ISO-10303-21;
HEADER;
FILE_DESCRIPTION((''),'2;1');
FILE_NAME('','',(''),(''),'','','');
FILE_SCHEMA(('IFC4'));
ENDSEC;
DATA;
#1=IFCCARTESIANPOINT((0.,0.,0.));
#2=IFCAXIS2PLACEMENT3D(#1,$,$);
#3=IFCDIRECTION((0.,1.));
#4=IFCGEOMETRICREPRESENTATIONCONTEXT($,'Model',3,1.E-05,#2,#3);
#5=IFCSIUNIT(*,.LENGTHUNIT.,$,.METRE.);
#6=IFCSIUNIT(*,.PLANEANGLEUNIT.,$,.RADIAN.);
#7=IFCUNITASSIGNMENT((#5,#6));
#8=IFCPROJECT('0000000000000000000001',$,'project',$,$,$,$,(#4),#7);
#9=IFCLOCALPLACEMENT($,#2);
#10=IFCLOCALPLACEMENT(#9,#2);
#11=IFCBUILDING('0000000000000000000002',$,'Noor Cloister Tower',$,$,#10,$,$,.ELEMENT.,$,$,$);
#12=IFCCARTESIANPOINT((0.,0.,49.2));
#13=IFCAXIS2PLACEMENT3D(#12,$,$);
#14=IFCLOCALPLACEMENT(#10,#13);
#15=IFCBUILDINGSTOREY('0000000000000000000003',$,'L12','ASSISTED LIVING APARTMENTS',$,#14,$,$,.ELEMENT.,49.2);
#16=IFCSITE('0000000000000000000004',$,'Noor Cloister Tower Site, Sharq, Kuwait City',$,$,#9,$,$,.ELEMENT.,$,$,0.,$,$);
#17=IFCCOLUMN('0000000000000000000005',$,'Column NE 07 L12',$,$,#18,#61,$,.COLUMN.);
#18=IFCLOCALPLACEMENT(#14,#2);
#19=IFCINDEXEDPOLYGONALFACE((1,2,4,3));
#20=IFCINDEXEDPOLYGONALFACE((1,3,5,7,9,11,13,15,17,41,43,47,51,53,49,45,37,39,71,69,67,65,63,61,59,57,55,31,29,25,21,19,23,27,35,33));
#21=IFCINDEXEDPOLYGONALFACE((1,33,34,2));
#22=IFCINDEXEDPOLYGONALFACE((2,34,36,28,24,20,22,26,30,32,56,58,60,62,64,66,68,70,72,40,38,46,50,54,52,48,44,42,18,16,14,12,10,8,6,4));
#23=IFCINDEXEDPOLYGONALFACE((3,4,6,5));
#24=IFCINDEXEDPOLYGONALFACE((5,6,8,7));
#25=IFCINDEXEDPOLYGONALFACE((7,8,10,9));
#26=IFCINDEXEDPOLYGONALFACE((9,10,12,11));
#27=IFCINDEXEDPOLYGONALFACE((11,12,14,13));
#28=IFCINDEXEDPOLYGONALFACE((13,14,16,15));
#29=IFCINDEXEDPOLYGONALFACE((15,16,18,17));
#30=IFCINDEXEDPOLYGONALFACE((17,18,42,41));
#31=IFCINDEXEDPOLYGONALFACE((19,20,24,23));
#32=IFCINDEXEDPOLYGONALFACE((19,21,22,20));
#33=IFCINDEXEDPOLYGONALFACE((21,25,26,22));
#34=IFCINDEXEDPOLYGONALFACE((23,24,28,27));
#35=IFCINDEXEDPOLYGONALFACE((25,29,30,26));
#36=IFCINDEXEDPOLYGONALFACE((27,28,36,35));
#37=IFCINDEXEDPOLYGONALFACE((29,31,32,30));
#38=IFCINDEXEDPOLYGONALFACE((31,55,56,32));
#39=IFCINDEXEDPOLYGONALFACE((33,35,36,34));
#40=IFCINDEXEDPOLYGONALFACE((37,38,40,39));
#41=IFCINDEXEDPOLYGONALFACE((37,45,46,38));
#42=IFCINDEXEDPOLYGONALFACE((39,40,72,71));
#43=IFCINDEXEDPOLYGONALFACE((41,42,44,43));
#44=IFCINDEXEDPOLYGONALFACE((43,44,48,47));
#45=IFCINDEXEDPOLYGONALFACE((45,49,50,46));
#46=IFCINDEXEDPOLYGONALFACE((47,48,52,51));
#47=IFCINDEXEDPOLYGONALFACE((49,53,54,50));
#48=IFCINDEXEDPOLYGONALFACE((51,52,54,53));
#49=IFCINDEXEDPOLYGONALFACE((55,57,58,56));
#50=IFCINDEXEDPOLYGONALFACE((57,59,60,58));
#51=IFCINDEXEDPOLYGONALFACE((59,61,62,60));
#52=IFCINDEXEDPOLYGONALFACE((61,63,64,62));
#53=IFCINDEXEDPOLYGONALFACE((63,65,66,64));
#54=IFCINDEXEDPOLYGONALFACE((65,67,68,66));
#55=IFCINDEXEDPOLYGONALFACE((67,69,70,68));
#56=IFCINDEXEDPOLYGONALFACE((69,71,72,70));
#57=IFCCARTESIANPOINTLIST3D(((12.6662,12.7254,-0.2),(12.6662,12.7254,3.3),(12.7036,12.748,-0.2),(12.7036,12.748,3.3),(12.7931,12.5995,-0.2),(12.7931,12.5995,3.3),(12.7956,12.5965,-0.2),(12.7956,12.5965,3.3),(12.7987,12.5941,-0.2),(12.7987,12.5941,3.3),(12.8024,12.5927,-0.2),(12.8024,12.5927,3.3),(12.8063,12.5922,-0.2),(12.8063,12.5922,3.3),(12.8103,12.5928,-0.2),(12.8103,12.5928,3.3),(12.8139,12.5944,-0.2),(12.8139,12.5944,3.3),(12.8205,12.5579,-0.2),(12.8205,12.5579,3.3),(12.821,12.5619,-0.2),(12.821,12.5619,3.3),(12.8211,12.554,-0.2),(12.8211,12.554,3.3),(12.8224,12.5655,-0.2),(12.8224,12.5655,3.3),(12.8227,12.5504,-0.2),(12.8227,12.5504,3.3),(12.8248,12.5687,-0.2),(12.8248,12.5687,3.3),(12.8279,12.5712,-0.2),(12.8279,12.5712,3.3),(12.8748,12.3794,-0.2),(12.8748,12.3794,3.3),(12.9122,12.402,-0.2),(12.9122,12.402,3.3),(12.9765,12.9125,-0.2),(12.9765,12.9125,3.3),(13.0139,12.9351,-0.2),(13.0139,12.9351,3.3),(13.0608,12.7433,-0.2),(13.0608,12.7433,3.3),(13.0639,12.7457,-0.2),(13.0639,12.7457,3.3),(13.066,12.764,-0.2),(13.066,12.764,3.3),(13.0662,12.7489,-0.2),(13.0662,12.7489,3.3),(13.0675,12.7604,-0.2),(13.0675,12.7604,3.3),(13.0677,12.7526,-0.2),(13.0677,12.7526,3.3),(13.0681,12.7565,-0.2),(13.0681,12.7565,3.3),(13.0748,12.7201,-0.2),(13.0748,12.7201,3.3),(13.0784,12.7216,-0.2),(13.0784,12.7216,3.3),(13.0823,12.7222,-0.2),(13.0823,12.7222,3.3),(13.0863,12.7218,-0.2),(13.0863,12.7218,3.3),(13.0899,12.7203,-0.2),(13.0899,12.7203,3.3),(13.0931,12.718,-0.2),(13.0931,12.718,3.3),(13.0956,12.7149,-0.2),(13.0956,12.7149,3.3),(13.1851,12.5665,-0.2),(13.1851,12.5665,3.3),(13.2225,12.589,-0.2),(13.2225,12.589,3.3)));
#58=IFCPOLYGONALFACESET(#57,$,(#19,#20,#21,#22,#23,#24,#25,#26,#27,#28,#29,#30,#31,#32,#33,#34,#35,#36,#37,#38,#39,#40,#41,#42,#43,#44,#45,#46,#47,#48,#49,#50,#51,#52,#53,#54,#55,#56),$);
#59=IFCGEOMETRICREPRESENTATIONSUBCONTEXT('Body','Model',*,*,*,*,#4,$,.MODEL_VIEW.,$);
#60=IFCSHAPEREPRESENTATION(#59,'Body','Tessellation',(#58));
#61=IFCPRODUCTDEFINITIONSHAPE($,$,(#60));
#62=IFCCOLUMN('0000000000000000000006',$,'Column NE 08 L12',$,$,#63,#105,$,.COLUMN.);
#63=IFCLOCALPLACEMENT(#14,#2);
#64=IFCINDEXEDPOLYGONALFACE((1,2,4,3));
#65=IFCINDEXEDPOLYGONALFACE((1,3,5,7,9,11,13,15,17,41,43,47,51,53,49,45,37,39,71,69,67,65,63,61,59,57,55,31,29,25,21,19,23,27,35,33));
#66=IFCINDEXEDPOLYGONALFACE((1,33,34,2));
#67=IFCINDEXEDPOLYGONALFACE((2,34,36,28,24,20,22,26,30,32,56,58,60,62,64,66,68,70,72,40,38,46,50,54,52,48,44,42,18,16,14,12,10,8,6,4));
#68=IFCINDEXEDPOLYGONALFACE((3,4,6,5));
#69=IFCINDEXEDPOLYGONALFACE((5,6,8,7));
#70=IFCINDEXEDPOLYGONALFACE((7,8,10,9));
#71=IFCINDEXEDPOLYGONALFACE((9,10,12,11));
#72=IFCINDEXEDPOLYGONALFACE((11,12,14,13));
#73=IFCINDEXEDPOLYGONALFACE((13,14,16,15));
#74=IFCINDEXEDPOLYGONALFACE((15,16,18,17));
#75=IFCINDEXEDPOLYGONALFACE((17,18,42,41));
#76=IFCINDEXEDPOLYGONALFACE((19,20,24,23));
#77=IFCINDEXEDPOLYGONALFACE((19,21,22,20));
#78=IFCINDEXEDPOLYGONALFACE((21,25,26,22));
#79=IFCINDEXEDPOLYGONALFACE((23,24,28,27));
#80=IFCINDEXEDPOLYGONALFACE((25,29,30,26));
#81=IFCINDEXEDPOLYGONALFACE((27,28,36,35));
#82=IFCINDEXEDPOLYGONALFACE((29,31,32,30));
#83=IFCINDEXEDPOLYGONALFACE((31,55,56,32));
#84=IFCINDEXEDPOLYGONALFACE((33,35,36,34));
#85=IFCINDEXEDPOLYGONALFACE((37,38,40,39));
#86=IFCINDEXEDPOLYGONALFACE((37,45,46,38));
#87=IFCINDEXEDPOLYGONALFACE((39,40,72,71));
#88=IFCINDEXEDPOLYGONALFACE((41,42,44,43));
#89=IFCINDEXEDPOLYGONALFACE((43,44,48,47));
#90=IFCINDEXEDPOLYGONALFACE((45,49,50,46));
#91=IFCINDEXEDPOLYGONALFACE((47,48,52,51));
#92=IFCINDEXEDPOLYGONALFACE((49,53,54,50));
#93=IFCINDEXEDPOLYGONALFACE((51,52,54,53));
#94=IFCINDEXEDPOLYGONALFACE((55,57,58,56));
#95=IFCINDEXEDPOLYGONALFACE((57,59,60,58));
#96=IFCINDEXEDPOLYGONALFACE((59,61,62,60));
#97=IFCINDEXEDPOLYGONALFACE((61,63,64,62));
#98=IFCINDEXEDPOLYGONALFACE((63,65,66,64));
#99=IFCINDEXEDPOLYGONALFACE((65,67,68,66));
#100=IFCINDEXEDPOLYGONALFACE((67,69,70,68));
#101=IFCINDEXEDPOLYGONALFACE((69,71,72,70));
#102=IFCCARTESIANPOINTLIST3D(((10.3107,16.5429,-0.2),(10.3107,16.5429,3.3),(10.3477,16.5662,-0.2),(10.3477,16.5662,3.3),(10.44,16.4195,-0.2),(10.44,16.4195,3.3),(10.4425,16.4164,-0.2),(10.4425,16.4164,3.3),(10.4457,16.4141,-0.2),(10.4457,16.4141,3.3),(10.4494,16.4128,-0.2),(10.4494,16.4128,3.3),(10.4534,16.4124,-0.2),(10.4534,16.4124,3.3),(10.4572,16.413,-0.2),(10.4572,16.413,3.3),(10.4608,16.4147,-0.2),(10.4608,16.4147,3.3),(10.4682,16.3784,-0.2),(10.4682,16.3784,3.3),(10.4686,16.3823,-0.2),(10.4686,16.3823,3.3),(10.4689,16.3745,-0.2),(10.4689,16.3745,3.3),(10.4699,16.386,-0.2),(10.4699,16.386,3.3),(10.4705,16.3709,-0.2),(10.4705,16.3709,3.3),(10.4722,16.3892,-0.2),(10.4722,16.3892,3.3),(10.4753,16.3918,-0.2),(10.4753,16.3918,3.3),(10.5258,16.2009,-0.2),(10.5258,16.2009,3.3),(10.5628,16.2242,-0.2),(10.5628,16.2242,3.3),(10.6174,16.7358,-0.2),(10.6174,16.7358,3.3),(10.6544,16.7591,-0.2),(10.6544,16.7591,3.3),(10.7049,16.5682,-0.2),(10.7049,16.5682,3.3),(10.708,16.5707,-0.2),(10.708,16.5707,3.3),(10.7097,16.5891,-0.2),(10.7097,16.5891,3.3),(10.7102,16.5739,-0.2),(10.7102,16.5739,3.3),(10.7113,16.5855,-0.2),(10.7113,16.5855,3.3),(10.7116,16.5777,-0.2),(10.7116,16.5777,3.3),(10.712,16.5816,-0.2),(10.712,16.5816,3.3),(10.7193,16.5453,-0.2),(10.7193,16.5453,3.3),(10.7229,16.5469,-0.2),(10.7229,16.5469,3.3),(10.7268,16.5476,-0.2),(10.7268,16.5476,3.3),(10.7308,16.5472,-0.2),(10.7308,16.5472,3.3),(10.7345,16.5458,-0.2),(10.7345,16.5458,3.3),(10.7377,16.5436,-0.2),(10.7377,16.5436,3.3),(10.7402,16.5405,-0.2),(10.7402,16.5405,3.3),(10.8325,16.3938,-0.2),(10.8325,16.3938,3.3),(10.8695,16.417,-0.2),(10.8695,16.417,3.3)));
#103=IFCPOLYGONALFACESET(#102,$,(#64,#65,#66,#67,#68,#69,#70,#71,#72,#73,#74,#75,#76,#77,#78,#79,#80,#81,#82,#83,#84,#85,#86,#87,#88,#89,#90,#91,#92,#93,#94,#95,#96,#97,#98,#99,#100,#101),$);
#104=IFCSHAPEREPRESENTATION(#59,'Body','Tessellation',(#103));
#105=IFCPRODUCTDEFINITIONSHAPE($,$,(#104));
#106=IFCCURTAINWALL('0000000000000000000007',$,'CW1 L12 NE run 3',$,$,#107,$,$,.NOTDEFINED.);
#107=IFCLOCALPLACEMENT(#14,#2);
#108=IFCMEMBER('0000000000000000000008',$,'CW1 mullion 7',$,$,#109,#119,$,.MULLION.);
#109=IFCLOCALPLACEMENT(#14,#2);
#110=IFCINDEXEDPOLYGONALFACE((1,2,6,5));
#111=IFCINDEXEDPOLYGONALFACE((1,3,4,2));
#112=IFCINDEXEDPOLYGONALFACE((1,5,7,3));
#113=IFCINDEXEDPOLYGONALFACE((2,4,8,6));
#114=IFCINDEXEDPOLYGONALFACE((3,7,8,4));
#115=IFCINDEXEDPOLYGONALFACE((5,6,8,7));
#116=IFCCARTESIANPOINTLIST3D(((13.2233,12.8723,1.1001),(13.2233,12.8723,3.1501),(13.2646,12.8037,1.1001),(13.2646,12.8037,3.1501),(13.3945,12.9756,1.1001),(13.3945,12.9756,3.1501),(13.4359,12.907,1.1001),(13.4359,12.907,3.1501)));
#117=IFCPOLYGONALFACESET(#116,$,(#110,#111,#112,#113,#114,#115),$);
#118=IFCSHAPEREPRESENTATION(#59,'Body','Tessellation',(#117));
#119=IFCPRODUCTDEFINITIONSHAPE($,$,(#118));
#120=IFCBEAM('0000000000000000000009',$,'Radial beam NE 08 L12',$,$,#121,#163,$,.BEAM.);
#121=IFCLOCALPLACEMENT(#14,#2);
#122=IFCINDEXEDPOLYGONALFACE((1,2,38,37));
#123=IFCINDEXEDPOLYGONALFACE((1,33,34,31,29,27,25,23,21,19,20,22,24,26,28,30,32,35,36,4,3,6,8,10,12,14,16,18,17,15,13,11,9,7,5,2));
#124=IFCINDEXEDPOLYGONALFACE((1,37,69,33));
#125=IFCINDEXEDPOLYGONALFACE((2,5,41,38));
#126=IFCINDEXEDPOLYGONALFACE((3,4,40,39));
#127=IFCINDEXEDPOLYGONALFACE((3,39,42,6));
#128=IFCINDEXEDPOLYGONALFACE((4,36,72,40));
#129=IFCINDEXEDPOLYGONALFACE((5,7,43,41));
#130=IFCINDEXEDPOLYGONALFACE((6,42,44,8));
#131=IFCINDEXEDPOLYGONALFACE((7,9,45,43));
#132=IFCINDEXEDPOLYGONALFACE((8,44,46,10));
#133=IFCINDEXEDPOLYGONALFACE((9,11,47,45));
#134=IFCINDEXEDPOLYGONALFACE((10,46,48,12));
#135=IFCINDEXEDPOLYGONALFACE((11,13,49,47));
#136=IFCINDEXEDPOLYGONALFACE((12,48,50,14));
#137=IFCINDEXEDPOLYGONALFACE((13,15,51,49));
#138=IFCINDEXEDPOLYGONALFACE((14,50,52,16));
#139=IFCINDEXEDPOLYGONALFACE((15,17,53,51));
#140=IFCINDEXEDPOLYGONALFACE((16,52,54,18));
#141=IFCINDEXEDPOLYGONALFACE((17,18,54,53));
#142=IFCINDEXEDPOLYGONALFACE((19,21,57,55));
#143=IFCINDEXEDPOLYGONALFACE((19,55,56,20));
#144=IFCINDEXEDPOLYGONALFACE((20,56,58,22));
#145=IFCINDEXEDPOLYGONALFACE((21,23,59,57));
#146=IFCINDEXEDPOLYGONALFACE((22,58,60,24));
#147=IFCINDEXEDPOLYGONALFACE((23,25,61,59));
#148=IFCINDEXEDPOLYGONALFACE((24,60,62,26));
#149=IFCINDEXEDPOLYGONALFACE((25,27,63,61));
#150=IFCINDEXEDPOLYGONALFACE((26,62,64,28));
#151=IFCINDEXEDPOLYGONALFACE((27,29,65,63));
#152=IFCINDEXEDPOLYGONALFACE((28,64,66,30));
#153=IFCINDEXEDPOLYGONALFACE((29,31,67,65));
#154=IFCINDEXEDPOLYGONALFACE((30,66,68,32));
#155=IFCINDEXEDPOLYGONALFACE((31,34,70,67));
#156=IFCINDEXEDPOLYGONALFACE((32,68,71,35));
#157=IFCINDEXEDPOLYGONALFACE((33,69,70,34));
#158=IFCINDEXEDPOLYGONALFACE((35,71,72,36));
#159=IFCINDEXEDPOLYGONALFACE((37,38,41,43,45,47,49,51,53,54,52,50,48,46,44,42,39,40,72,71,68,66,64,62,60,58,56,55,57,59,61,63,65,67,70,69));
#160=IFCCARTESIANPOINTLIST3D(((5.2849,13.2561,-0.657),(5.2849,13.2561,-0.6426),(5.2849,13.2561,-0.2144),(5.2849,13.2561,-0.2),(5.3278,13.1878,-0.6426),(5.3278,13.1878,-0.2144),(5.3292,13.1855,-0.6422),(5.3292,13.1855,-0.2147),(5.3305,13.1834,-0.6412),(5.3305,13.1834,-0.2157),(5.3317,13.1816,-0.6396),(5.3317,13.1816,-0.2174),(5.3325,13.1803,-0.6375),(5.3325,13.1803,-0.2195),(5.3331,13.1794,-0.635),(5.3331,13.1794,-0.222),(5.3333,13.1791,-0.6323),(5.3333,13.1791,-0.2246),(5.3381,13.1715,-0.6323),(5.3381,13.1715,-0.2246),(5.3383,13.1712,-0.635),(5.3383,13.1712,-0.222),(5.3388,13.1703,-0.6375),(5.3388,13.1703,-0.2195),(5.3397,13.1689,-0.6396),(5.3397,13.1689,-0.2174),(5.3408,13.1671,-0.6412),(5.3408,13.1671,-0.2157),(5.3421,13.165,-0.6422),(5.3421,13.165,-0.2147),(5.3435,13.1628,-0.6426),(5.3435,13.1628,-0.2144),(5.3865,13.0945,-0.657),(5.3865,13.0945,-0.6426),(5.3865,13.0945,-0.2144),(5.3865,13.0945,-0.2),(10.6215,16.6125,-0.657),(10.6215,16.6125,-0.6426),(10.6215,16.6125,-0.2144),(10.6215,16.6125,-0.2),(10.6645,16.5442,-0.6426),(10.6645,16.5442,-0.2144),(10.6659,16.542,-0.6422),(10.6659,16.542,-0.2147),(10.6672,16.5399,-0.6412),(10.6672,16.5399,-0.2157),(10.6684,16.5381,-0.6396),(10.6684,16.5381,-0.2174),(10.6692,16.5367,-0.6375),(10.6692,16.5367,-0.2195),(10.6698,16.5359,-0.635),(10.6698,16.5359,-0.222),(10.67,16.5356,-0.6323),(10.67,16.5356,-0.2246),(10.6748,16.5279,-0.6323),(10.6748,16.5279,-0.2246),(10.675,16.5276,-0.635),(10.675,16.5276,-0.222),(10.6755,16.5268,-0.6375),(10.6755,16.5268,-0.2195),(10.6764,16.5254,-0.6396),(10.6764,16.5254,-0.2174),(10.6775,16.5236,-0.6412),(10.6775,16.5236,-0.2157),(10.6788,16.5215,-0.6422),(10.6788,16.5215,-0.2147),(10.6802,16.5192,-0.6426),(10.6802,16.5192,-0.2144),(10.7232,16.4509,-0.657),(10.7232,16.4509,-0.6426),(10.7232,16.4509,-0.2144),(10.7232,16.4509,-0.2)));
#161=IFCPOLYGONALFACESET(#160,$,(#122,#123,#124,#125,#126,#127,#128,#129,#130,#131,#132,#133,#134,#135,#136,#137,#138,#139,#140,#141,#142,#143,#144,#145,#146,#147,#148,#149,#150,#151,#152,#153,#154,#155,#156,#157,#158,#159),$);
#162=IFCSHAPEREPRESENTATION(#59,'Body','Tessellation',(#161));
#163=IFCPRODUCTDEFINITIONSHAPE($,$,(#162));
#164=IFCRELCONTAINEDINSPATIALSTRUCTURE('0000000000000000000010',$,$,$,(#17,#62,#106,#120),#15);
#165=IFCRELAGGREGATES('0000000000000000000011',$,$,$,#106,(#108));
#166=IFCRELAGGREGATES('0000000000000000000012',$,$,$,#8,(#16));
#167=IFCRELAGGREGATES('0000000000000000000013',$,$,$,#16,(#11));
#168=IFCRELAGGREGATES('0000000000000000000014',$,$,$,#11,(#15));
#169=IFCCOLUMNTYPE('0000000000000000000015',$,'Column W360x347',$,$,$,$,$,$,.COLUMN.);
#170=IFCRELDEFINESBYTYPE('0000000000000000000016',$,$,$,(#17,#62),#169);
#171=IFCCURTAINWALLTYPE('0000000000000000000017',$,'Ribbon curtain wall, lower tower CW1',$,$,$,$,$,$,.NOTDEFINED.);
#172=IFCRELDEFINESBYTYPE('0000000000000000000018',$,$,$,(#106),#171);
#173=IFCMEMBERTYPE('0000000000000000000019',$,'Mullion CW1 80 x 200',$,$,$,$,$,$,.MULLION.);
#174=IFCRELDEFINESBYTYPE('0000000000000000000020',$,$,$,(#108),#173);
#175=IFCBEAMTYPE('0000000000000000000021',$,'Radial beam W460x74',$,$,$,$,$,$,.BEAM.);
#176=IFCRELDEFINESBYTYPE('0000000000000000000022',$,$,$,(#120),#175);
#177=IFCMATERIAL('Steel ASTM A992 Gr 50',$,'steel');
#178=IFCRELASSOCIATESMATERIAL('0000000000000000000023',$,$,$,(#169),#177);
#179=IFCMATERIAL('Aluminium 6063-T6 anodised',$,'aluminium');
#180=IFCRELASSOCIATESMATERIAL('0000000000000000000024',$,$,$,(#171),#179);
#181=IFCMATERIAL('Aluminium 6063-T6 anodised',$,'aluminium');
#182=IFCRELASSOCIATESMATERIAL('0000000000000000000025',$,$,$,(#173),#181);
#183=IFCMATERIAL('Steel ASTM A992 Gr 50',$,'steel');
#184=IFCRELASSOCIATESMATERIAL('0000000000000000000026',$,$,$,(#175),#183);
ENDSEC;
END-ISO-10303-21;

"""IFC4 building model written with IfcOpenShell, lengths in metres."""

from ifc_helpers import new_model, si_unit, direction, frame, origin, origin_2d, place, context, subcontext, project, spatial, rectangle, i_section, extrude, material, material_profile, profile_set, type_object, element, aggregate, save


model = new_model("IFC4")

# Units and contexts
model_context = context("Model", 3, precision=1e-05, world=origin(), true_north=direction((0.0, 1.0)))
body_context = subcontext(model_context, "Body", "Model", "MODEL_VIEW")
ifc_project = project(units=[si_unit("LENGTHUNIT", "METRE"), si_unit("PLANEANGLEUNIT", "RADIAN")], contexts=[model_context])

# Site, building, storey
site_placement = place(None, origin())
site = spatial("IfcSite", under=ifc_project, at=site_placement, Name="Noor Cloister Tower Site, Sharq, Kuwait City", CompositionType="ELEMENT", RefElevation=0.0)
building_placement = place(site_placement, origin())
building = spatial("IfcBuilding", under=site, at=building_placement, Name="Noor Cloister Tower", CompositionType="ELEMENT")
storey_placement = place(building_placement, frame((0.0, 0.0, 49.2)))
storey = spatial("IfcBuildingStorey", under=building, at=storey_placement, Name="L12", Description="ASSISTED LIVING APARTMENTS", CompositionType="ELEMENT", Elevation=49.2)

# Columns
ifc_material_1 = material(Name="Steel ASTM A992 Gr 50", Category="steel")
ifc_material_profile_1 = material_profile(ifc_material_1, i_section(OverallWidth=0.4041, OverallDepth=0.406, WebThickness=0.0271, FlangeThickness=0.0437, FilletRadius=0.0151, at=origin_2d()), Name="W360x347")
ifc_profile_set_1 = profile_set([ifc_material_profile_1], Name="Steel ASTM A992 Gr 50")
column_type = type_object("IfcColumnType", Name="Column W360x347", PredefinedType="COLUMN", material=ifc_profile_set_1)
for number, where, z_axis, x_axis, name in (
    (1, (12.9443, 12.6572, -0.2), (0.0, 0.0, 1.0), (-0.516291, 0.856413, 0.0), "Column NE 07 L12"),
    (2, (10.5901, 16.48, -0.2), (0.0, 0.0, 1.0), (-0.532398, 0.846494, 0.0), "Column NE 08 L12"),
):
    element("IfcColumn", number, at=place(storey_placement, frame(where, z_axis=z_axis, x_axis=x_axis)), inside=storey, type_object=column_type, Name=name, PredefinedType="COLUMN", context=body_context, shape_type="SweptSolid", body=[
        extrude(i_section(OverallWidth=0.4041, OverallDepth=0.406, WebThickness=0.0271, FlangeThickness=0.0437, FilletRadius=0.0151, at=origin_2d()), origin(), (0.0, 0.0, 1.0), 3.5),
    ])

# Curtain wall, member
ifc_material_2 = material(Name="Aluminium 6063-T6 anodised", Category="aluminium")
curtain_wall_type = type_object("IfcCurtainWallType", Name="Ribbon curtain wall, lower tower CW1", PredefinedType="NOTDEFINED", material=ifc_material_2)
curtain_wall_placement = place(storey_placement, origin())
curtain_wall = element("IfcCurtainWall", 3, at=curtain_wall_placement, inside=storey, type_object=curtain_wall_type, Name="CW1 L12 NE run 3", PredefinedType="NOTDEFINED")
ifc_material_3 = material(Name="Aluminium 6063-T6 anodised", Category="aluminium")
ifc_material_profile_2 = material_profile(ifc_material_3, rectangle(XDim=0.2, YDim=0.0801, at=origin_2d()), Name="200 x 80 mullion")
ifc_profile_set_2 = profile_set([ifc_material_profile_2], Name="Aluminium 6063-T6 anodised")
member_type = type_object("IfcMemberType", Name="Mullion CW1 80 x 200", PredefinedType="MULLION", material=ifc_profile_set_2)
member_placement = place(storey_placement, frame((13.3296, 12.8896, 1.1001), z_axis=(0.0, 0.0, 1.0), x_axis=(-0.856413, -0.516291, 0.0)))
member = element("IfcMember", 4, at=member_placement, type_object=member_type, Name="CW1 mullion 7", PredefinedType="MULLION", context=body_context, shape_type="SweptSolid", body=[
    extrude(rectangle(XDim=0.2, YDim=0.0801, at=origin_2d()), origin(), (0.0, 0.0, 1.0), 2.05),
])

# Beam
ifc_material_4 = material(Name="Steel ASTM A992 Gr 50", Category="steel")
ifc_material_profile_3 = material_profile(ifc_material_4, i_section(OverallWidth=0.1909, OverallDepth=0.457, WebThickness=0.009, FlangeThickness=0.0144, FilletRadius=0.0103, at=origin_2d()), Name="W460x74")
ifc_profile_set_3 = profile_set([ifc_material_profile_3], Name="Steel ASTM A992 Gr 50")
beam_type_1 = type_object("IfcBeamType", Name="Radial beam W460x74", PredefinedType="BEAM", material=ifc_profile_set_3)
beam_1_placement = place(storey_placement, frame((10.6724, 16.5317, -0.4285), z_axis=(-0.846496, -0.532395, 0.0), x_axis=(0.532395, -0.846496, 0.0)))
element("IfcBeam", 5, at=beam_1_placement, inside=storey, type_object=beam_type_1, Name="Radial beam NE 08 L12", PredefinedType="BEAM", context=body_context, shape_type="SweptSolid", body=[
    extrude(i_section(OverallWidth=0.1909, OverallDepth=0.457, WebThickness=0.009, FlangeThickness=0.0144, FilletRadius=0.0103, at=origin_2d()), origin(), (0.0, 0.0, 1.0), 6.3044),
])

aggregate(curtain_wall, [member])

save(model, "model.ifc")
